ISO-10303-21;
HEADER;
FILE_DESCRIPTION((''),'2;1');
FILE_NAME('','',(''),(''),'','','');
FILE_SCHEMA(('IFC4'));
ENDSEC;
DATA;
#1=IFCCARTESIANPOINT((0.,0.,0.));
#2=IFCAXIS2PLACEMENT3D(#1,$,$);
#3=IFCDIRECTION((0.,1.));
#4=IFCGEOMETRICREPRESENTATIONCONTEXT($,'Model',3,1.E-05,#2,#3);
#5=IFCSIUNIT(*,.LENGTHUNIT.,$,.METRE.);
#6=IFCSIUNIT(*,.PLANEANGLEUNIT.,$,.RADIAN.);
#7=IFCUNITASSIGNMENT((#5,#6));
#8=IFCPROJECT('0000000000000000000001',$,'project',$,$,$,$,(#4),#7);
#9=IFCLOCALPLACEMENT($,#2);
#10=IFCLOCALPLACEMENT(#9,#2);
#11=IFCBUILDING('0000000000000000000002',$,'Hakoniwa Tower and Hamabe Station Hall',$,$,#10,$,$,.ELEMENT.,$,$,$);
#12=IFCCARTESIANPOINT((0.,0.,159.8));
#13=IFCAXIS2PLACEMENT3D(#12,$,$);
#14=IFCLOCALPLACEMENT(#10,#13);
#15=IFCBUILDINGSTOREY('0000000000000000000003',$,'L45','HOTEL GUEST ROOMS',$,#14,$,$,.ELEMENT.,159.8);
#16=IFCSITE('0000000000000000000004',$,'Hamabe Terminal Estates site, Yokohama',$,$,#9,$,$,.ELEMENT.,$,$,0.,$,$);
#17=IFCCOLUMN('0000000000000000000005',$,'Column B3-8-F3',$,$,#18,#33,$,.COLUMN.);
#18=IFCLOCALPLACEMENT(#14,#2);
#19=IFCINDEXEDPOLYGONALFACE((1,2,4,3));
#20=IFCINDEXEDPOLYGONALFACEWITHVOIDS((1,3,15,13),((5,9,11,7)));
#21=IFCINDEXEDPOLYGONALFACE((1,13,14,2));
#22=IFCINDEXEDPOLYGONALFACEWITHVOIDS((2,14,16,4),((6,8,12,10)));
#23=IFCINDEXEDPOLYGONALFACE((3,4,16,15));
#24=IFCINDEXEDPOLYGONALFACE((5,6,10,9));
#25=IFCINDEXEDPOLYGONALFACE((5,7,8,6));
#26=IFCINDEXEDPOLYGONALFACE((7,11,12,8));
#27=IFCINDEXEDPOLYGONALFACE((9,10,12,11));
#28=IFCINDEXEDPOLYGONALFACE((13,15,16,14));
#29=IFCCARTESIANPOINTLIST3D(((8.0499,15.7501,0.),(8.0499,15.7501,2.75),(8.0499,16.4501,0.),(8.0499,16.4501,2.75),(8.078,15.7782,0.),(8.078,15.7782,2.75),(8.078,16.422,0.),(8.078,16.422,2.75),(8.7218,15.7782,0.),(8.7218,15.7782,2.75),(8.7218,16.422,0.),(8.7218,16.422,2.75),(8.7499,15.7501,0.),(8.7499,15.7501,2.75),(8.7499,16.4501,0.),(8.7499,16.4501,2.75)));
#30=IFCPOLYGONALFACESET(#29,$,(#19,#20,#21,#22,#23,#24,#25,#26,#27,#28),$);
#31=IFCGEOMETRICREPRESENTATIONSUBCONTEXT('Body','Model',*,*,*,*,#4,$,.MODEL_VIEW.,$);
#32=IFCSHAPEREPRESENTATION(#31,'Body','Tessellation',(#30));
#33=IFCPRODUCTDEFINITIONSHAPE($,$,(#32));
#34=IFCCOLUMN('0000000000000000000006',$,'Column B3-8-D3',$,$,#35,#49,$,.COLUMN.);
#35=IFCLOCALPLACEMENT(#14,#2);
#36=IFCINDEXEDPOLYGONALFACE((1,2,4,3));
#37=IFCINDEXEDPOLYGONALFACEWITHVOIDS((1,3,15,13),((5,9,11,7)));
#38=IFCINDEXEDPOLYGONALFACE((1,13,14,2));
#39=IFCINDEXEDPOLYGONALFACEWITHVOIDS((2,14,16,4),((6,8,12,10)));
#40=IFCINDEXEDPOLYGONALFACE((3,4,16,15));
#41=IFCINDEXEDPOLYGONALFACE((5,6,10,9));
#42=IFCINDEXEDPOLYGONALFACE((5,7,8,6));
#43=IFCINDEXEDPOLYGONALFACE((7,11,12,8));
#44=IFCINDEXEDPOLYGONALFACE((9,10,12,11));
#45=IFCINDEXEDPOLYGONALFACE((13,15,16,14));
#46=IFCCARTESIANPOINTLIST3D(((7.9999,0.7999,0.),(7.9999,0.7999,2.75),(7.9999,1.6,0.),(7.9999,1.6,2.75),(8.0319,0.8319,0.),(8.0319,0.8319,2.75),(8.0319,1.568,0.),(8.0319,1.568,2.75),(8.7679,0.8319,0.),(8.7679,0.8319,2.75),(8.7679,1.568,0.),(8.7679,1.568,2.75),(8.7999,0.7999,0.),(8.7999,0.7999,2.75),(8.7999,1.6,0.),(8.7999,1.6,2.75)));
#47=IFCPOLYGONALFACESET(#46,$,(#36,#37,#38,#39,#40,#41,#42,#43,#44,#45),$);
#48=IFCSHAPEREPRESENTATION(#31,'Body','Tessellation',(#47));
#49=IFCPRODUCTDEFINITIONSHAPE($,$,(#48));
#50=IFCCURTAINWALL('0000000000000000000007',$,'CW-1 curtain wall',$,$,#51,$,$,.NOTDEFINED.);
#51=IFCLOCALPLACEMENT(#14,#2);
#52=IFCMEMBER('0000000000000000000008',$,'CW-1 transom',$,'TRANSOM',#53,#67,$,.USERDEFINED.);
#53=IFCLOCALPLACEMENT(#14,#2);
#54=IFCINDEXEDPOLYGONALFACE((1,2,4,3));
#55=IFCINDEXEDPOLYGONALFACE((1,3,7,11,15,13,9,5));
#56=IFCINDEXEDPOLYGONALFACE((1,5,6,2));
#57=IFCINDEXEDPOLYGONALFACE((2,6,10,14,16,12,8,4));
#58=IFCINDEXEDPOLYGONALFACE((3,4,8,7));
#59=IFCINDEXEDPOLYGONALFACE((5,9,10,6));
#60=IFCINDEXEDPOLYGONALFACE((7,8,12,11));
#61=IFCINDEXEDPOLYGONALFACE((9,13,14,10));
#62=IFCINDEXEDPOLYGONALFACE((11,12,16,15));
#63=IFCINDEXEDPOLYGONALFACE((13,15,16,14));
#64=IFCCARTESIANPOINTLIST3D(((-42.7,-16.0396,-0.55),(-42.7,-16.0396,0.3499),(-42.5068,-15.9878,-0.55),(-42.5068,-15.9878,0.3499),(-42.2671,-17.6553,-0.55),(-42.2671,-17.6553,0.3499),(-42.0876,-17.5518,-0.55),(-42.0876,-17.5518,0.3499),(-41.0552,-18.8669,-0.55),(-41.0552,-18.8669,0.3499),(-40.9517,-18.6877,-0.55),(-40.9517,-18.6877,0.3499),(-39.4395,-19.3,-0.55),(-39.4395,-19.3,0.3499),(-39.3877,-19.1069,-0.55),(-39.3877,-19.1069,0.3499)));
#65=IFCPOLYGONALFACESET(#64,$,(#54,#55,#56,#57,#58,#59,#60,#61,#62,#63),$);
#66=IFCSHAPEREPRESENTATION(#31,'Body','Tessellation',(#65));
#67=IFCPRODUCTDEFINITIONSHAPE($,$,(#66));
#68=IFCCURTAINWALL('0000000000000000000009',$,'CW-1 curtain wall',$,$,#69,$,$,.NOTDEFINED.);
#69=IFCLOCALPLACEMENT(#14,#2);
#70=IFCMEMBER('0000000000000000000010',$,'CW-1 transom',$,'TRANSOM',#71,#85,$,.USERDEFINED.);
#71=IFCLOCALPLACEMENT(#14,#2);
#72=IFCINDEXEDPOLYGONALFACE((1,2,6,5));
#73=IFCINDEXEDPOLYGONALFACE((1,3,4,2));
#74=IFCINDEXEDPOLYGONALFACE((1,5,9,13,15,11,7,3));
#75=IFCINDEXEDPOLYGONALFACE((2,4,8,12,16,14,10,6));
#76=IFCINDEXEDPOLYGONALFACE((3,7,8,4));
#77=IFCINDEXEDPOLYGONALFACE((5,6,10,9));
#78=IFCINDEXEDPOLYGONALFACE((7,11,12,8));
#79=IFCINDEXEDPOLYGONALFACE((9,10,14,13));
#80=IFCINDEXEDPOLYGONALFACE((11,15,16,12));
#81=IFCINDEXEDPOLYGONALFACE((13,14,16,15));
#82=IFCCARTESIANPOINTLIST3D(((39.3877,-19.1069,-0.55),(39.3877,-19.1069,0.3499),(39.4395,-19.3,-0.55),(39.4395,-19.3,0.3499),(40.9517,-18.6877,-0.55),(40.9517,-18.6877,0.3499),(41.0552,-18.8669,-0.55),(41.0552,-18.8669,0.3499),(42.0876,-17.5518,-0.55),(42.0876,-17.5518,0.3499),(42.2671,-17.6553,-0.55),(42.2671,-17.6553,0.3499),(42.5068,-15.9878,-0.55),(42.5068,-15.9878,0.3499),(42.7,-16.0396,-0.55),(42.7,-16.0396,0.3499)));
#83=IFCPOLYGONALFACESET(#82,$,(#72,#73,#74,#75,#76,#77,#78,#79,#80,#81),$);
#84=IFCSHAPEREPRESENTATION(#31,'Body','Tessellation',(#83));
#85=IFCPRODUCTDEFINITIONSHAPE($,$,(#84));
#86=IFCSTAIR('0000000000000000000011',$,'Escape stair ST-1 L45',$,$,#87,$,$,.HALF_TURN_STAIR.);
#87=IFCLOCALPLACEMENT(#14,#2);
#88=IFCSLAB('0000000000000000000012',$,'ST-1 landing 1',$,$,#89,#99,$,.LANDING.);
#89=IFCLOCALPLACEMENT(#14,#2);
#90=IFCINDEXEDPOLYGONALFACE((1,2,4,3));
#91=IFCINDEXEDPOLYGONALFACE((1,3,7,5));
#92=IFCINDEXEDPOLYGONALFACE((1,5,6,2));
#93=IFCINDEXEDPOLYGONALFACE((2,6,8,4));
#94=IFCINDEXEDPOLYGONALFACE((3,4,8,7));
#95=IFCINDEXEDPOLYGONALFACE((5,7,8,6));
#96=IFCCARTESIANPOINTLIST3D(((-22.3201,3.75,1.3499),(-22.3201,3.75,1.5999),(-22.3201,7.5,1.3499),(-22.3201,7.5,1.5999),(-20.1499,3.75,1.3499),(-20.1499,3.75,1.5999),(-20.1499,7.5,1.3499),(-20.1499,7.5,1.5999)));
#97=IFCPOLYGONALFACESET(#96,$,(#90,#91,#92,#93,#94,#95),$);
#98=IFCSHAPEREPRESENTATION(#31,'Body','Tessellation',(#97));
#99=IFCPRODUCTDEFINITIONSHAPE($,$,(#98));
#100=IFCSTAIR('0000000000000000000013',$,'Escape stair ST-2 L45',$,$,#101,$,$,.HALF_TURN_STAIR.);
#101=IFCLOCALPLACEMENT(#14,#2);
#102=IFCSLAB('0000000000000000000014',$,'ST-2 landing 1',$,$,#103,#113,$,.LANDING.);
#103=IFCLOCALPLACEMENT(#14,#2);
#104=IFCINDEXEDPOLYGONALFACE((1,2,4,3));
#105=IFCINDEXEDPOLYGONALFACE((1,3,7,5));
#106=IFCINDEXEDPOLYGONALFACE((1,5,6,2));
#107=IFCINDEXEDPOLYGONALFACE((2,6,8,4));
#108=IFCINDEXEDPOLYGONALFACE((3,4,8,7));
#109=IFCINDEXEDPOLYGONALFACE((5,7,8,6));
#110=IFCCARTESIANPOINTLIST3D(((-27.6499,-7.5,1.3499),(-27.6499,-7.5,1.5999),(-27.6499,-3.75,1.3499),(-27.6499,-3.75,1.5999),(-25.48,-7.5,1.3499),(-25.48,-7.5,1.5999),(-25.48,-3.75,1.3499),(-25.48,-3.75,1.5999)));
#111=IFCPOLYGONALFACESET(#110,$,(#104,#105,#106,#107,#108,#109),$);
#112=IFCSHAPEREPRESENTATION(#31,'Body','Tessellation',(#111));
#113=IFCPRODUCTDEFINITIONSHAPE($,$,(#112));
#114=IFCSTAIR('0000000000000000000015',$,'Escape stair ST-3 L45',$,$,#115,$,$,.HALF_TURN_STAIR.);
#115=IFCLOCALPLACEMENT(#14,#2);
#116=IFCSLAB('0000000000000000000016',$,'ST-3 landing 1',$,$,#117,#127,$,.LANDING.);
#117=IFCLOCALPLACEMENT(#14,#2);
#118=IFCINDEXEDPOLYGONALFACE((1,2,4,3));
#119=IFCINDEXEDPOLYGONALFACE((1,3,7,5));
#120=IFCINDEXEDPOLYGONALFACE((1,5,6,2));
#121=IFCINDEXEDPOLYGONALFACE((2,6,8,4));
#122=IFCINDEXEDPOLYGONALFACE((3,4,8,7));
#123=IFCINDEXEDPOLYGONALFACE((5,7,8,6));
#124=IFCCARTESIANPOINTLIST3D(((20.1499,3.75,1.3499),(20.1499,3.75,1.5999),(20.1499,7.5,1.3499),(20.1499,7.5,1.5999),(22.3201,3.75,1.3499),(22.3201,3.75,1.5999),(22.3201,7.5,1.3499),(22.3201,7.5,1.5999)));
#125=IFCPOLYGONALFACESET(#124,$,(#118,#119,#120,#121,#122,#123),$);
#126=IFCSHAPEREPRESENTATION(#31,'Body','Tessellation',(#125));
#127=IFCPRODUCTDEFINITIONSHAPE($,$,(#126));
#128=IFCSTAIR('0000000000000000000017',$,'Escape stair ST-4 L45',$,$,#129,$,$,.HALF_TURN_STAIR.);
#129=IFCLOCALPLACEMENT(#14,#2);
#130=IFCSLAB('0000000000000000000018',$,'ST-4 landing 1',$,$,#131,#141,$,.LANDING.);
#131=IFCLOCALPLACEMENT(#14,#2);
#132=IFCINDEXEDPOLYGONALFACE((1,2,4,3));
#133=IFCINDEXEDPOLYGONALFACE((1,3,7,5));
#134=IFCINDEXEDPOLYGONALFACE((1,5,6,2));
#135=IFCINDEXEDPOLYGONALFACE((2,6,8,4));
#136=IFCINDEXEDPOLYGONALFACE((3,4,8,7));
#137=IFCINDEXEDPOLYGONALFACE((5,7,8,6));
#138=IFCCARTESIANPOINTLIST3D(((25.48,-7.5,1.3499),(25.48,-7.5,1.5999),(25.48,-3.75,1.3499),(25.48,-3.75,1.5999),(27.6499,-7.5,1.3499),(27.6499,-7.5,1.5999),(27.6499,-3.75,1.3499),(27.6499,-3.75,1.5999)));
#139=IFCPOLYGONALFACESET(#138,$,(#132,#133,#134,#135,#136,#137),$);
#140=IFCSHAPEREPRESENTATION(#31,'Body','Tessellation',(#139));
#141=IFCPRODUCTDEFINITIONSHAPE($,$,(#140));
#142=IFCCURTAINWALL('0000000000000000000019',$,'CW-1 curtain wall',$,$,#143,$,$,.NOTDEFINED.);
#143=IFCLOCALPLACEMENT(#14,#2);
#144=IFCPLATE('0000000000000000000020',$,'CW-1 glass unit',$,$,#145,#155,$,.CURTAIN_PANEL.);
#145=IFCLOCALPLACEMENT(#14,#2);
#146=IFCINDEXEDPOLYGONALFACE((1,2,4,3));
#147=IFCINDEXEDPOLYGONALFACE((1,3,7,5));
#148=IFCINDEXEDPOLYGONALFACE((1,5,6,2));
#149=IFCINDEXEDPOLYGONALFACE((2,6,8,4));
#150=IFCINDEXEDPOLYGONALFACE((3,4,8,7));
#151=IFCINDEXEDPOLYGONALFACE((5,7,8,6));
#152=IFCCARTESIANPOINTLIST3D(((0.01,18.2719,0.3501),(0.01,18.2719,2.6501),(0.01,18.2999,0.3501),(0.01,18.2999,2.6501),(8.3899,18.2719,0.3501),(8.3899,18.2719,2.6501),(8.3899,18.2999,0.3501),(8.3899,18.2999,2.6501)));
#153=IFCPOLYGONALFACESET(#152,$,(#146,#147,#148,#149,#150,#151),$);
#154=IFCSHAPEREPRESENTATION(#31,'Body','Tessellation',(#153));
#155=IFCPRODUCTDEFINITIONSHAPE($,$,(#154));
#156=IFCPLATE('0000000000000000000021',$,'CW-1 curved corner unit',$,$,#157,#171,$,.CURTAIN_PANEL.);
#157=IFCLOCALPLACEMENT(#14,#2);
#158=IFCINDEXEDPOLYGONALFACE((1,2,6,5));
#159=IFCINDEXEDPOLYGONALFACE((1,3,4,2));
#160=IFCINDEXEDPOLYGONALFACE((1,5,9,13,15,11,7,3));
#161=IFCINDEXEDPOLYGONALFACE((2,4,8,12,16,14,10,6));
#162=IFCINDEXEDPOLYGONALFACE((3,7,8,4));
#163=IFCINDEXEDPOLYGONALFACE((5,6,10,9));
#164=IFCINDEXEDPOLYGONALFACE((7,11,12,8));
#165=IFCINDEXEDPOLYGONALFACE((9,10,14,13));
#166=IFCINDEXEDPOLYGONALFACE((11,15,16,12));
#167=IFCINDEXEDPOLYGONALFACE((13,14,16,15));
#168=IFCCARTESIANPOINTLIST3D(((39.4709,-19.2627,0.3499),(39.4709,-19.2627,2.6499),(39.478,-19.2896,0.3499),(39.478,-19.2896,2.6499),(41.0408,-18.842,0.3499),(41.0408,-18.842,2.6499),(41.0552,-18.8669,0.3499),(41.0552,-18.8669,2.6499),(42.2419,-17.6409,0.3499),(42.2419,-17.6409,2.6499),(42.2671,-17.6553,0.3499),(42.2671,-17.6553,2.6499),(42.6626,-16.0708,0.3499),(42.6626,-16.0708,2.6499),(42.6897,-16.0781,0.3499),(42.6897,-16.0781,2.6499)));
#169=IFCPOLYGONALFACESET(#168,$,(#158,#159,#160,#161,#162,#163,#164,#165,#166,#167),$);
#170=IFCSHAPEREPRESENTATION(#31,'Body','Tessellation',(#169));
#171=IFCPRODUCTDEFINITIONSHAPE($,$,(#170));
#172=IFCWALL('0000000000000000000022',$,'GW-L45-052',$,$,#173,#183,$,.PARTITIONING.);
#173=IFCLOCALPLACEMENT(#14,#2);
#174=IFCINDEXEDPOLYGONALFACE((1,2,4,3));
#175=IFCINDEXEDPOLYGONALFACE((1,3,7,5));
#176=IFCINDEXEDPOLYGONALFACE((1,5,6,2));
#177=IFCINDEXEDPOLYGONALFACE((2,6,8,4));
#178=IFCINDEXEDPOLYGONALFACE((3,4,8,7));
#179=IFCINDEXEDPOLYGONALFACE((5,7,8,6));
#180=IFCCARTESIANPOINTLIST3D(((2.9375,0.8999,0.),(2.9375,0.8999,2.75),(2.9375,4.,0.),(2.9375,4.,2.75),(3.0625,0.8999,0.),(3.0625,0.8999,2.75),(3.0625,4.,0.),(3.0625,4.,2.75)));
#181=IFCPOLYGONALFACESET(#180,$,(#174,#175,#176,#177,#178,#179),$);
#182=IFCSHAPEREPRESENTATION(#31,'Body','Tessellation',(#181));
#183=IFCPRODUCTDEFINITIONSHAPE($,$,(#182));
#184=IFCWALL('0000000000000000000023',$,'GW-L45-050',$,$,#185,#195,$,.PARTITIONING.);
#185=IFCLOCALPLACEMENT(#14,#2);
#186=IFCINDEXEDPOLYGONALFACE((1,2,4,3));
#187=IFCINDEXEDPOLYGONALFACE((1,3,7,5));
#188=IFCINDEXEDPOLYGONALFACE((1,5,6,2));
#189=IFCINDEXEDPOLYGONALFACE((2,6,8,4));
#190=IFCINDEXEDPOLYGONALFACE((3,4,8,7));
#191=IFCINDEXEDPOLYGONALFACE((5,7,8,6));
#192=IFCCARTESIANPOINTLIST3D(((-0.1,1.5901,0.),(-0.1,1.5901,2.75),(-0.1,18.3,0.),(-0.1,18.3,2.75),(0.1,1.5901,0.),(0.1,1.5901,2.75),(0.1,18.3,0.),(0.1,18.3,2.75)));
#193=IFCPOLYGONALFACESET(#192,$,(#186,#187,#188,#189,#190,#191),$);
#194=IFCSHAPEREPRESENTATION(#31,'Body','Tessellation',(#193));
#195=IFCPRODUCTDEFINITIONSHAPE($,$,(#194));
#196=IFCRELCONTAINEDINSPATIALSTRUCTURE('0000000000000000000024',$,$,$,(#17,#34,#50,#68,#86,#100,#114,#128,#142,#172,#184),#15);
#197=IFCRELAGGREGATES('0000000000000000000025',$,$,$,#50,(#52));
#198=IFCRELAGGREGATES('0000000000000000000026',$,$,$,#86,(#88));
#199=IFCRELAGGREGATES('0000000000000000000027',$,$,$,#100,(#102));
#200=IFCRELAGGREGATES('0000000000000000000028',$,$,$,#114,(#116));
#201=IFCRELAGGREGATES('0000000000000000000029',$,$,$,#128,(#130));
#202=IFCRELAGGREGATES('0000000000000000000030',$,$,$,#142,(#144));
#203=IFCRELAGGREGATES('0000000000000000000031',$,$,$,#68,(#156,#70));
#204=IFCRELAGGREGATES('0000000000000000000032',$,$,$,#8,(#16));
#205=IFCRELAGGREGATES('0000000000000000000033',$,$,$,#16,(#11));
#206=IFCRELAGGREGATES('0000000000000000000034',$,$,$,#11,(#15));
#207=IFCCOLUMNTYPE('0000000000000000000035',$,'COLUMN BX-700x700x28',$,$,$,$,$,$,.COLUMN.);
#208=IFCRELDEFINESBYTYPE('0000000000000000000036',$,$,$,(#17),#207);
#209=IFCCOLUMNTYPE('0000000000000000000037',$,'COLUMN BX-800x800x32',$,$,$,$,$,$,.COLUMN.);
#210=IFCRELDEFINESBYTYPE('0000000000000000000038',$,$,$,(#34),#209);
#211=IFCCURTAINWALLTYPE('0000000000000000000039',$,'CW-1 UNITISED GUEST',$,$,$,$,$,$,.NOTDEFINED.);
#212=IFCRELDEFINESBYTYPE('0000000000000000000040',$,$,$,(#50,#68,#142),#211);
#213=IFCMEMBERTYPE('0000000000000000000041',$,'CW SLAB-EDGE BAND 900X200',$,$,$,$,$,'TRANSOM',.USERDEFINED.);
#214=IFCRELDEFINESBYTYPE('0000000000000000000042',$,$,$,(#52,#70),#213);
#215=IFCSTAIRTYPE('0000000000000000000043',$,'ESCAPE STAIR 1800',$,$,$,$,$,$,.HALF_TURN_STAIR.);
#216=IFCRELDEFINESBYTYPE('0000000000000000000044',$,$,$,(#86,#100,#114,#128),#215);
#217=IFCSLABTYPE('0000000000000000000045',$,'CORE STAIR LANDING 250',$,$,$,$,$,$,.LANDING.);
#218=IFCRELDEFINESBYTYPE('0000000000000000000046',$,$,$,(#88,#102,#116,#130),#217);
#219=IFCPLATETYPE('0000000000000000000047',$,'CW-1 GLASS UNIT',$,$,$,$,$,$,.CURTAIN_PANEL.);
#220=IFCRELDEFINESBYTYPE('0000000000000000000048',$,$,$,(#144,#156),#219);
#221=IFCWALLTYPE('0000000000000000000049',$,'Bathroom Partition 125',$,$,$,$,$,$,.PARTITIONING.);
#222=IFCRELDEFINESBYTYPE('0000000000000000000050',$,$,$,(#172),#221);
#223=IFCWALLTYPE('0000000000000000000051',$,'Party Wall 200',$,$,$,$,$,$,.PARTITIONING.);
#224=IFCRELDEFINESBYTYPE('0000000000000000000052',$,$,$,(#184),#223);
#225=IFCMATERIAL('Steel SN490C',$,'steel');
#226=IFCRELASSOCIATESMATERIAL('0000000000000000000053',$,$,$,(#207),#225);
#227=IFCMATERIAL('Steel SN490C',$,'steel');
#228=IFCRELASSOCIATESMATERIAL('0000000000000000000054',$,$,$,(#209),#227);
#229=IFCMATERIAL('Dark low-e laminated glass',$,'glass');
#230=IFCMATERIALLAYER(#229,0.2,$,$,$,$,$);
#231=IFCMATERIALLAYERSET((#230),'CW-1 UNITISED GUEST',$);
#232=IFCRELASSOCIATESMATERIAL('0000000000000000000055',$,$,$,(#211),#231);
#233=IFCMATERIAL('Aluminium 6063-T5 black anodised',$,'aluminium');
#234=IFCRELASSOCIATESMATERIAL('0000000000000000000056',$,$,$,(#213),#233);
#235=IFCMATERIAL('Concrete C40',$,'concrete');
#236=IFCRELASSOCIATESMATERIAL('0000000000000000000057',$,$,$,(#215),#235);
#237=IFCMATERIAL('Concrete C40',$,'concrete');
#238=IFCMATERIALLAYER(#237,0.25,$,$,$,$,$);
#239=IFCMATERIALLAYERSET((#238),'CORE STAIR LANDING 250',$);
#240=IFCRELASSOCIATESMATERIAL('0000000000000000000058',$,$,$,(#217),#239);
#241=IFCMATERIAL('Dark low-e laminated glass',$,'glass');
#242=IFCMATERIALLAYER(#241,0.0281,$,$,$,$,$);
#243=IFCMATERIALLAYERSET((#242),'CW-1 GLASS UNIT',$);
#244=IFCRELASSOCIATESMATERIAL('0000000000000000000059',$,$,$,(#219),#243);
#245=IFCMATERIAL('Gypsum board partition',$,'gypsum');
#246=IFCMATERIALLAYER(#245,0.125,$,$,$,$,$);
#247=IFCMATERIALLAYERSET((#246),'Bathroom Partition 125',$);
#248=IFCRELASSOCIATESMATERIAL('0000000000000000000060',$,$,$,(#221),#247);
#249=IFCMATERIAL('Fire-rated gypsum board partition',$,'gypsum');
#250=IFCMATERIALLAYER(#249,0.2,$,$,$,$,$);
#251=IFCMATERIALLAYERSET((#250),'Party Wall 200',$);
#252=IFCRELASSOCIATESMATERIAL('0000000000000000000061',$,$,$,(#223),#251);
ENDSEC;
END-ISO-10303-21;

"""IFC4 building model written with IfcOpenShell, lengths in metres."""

from ifc_helpers import new_model, si_unit, direction, frame, frame_2d, origin, origin_2d, place, context, subcontext, project, spatial, polyline, rectangle, hollow_rectangle, outline, extrude, material, layer, layer_set, material_profile, profile_set, type_object, element, aggregate, save


model = new_model("IFC4")

# Units and contexts
model_context = context("Model", 3, precision=1e-05, world=origin(), true_north=direction((0.0, 1.0)))
body_context = subcontext(model_context, "Body", "Model", "MODEL_VIEW")
ifc_project = project(units=[si_unit("LENGTHUNIT", "METRE"), si_unit("PLANEANGLEUNIT", "RADIAN")], contexts=[model_context])

# Site, building, storey
site_placement = place(None, origin())
site = spatial("IfcSite", under=ifc_project, at=site_placement, Name="Hamabe Terminal Estates site, Yokohama", CompositionType="ELEMENT", RefElevation=0.0)
building_placement = place(site_placement, origin())
building = spatial("IfcBuilding", under=site, at=building_placement, Name="Hakoniwa Tower and Hamabe Station Hall", CompositionType="ELEMENT")
storey_placement = place(building_placement, frame((0.0, 0.0, 159.8)))
storey = spatial("IfcBuildingStorey", under=building, at=storey_placement, Name="L45", Description="HOTEL GUEST ROOMS", CompositionType="ELEMENT", Elevation=159.8)

# Columns
ifc_material_1 = material(Name="Steel SN490C", Category="steel")
ifc_material_profile_1 = material_profile(ifc_material_1, hollow_rectangle(XDim=0.7, YDim=0.7, WallThickness=0.0281, at=origin_2d()), Name="BX-700x700x28")
ifc_profile_set_1 = profile_set([ifc_material_profile_1], Name="Steel SN490C")
column_type_1 = type_object("IfcColumnType", Name="COLUMN BX-700x700x28", PredefinedType="COLUMN", material=ifc_profile_set_1)
column_1_placement = place(storey_placement, frame((8.3999, 16.1001, 0.0), z_axis=(0.0, 0.0, 1.0), x_axis=(1.0, 0.0, 0.0)))
element("IfcColumn", 1, at=column_1_placement, inside=storey, type_object=column_type_1, Name="Column B3-8-F3", PredefinedType="COLUMN", context=body_context, shape_type="SweptSolid", body=[
    extrude(hollow_rectangle(XDim=0.7, YDim=0.7, WallThickness=0.0281, at=origin_2d()), origin(), (0.0, 0.0, 1.0), 2.75),
])
ifc_material_2 = material(Name="Steel SN490C", Category="steel")
ifc_material_profile_2 = material_profile(ifc_material_2, hollow_rectangle(XDim=0.8, YDim=0.8, WallThickness=0.032, at=origin_2d()), Name="BX-800x800x32")
ifc_profile_set_2 = profile_set([ifc_material_profile_2], Name="Steel SN490C")
column_type_2 = type_object("IfcColumnType", Name="COLUMN BX-800x800x32", PredefinedType="COLUMN", material=ifc_profile_set_2)
column_2_placement = place(storey_placement, frame((8.3999, 1.2, 0.0), z_axis=(0.0, 0.0, 1.0), x_axis=(1.0, 0.0, 0.0)))
element("IfcColumn", 2, at=column_2_placement, inside=storey, type_object=column_type_2, Name="Column B3-8-D3", PredefinedType="COLUMN", context=body_context, shape_type="SweptSolid", body=[
    extrude(hollow_rectangle(XDim=0.8, YDim=0.8, WallThickness=0.032, at=origin_2d()), origin(), (0.0, 0.0, 1.0), 2.75),
])

# Curtain walls, members
ifc_material_3 = material(Name="Dark low-e laminated glass", Category="glass")
ifc_layer_1 = layer(ifc_material_3, 0.2)
ifc_layer_set_1 = layer_set([ifc_layer_1], Name="CW-1 UNITISED GUEST")
curtain_wall_type = type_object("IfcCurtainWallType", Name="CW-1 UNITISED GUEST", PredefinedType="NOTDEFINED", material=ifc_layer_set_1)
curtain_wall_1_placement = place(storey_placement, origin())
curtain_wall_1 = element("IfcCurtainWall", 3, at=curtain_wall_1_placement, inside=storey, type_object=curtain_wall_type, Name="CW-1 curtain wall", PredefinedType="NOTDEFINED")
ifc_material_4 = material(Name="Aluminium 6063-T5 black anodised", Category="aluminium")
ifc_material_profile_3 = material_profile(ifc_material_4, rectangle(XDim=0.2, YDim=0.8999, at=origin_2d()), Name="CW SLAB-EDGE BAND 900X200")
ifc_profile_set_3 = profile_set([ifc_material_profile_3], Name="Aluminium 6063-T5 black anodised")
member_type = type_object("IfcMemberType", Name="CW SLAB-EDGE BAND 900X200", ElementType="TRANSOM", PredefinedType="USERDEFINED", material=ifc_profile_set_3)
member_1_placement = place(storey_placement, frame((0.0, 0.0, -0.55)))
member_1 = element("IfcMember", 4, at=member_1_placement, type_object=member_type, Name="CW-1 transom", ObjectType="TRANSOM", PredefinedType="USERDEFINED", context=body_context, shape_type="SweptSolid", body=[
    extrude(outline(polyline([(-42.7, -16.0396), (-42.2671, -17.6553), (-41.0552, -18.8669), (-39.4395, -19.3), (-39.3877, -19.1069), (-40.9517, -18.6877), (-42.0876, -17.5518), (-42.5068, -15.9878), (-42.7, -16.0396)])), origin(), (0.0, 0.0, 1.0), 0.8999),
])
aggregate(curtain_wall_1, [member_1])
curtain_wall_2_placement = place(storey_placement, origin())
curtain_wall_2 = element("IfcCurtainWall", 5, at=curtain_wall_2_placement, inside=storey, type_object=curtain_wall_type, Name="CW-1 curtain wall", PredefinedType="NOTDEFINED")
member_2_placement = place(storey_placement, frame((0.0, 0.0, -0.55)))
member_2 = element("IfcMember", 6, at=member_2_placement, type_object=member_type, Name="CW-1 transom", ObjectType="TRANSOM", PredefinedType="USERDEFINED", context=body_context, shape_type="SweptSolid", body=[
    extrude(outline(polyline([(39.4395, -19.3), (41.0552, -18.8669), (42.2671, -17.6553), (42.7, -16.0396), (42.5068, -15.9878), (42.0876, -17.5518), (40.9517, -18.6877), (39.3877, -19.1069), (39.4395, -19.3)])), origin(), (0.0, 0.0, 1.0), 0.8999),
])

# Stairs, slabs
ifc_material_5 = material(Name="Concrete C40", Category="concrete")
stair_type = type_object("IfcStairType", Name="ESCAPE STAIR 1800", PredefinedType="HALF_TURN_STAIR", material=ifc_material_5)
stair_1_placement = place(storey_placement, origin())
stair_1 = element("IfcStair", 7, at=stair_1_placement, inside=storey, type_object=stair_type, Name="Escape stair ST-1 L45", PredefinedType="HALF_TURN_STAIR")
ifc_material_6 = material(Name="Concrete C40", Category="concrete")
ifc_layer_2 = layer(ifc_material_6, 0.25)
ifc_layer_set_2 = layer_set([ifc_layer_2], Name="CORE STAIR LANDING 250")
slab_type = type_object("IfcSlabType", Name="CORE STAIR LANDING 250", PredefinedType="LANDING", material=ifc_layer_set_2)
slab_1_placement = place(storey_placement, frame((0.0, 0.0, 1.3499)))
slab_1 = element("IfcSlab", 8, at=slab_1_placement, type_object=slab_type, Name="ST-1 landing 1", PredefinedType="LANDING", context=body_context, shape_type="SweptSolid", body=[
    extrude(outline(polyline([(-22.3201, 3.75), (-20.1499, 3.75), (-20.1499, 7.5), (-22.3201, 7.5), (-22.3201, 3.75)])), origin(), (0.0, 0.0, 1.0), 0.25),
])
aggregate(stair_1, [slab_1])
stair_2_placement = place(storey_placement, origin())
stair_2 = element("IfcStair", 9, at=stair_2_placement, inside=storey, type_object=stair_type, Name="Escape stair ST-2 L45", PredefinedType="HALF_TURN_STAIR")
slab_2_placement = place(storey_placement, frame((0.0, 0.0, 1.3499)))
slab_2 = element("IfcSlab", 10, at=slab_2_placement, type_object=slab_type, Name="ST-2 landing 1", PredefinedType="LANDING", context=body_context, shape_type="SweptSolid", body=[
    extrude(outline(polyline([(-25.48, -7.5), (-27.6499, -7.5), (-27.6499, -3.75), (-25.48, -3.75), (-25.48, -7.5)])), origin(), (0.0, 0.0, 1.0), 0.25),
])
aggregate(stair_2, [slab_2])
stair_3_placement = place(storey_placement, origin())
stair_3 = element("IfcStair", 11, at=stair_3_placement, inside=storey, type_object=stair_type, Name="Escape stair ST-3 L45", PredefinedType="HALF_TURN_STAIR")
slab_3_placement = place(storey_placement, frame((0.0, 0.0, 1.3499)))
slab_3 = element("IfcSlab", 12, at=slab_3_placement, type_object=slab_type, Name="ST-3 landing 1", PredefinedType="LANDING", context=body_context, shape_type="SweptSolid", body=[
    extrude(outline(polyline([(22.3201, 3.75), (20.1499, 3.75), (20.1499, 7.5), (22.3201, 7.5), (22.3201, 3.75)])), origin(), (0.0, 0.0, 1.0), 0.25),
])
aggregate(stair_3, [slab_3])
stair_4_placement = place(storey_placement, origin())
stair_4 = element("IfcStair", 13, at=stair_4_placement, inside=storey, type_object=stair_type, Name="Escape stair ST-4 L45", PredefinedType="HALF_TURN_STAIR")
slab_4_placement = place(storey_placement, frame((0.0, 0.0, 1.3499)))
slab_4 = element("IfcSlab", 14, at=slab_4_placement, type_object=slab_type, Name="ST-4 landing 1", PredefinedType="LANDING", context=body_context, shape_type="SweptSolid", body=[
    extrude(outline(polyline([(25.48, -7.5), (27.6499, -7.5), (27.6499, -3.75), (25.48, -3.75), (25.48, -7.5)])), origin(), (0.0, 0.0, 1.0), 0.25),
])
aggregate(stair_4, [slab_4])

# Curtain wall, plate
curtain_wall_3_placement = place(storey_placement, origin())
curtain_wall_3 = element("IfcCurtainWall", 15, at=curtain_wall_3_placement, inside=storey, type_object=curtain_wall_type, Name="CW-1 curtain wall", PredefinedType="NOTDEFINED")
ifc_material_7 = material(Name="Dark low-e laminated glass", Category="glass")
ifc_layer_3 = layer(ifc_material_7, 0.0281)
ifc_layer_set_3 = layer_set([ifc_layer_3], Name="CW-1 GLASS UNIT")
plate_type = type_object("IfcPlateType", Name="CW-1 GLASS UNIT", PredefinedType="CURTAIN_PANEL", material=ifc_layer_set_3)
plate_1_placement = place(storey_placement, frame((4.2, 18.2859, 0.3501), z_axis=(0.0, 0.0, 1.0), x_axis=(-1.0, 0.0, 0.0)))
plate_1 = element("IfcPlate", 16, at=plate_1_placement, type_object=plate_type, Name="CW-1 glass unit", PredefinedType="CURTAIN_PANEL", context=body_context, shape_type="SweptSolid", body=[
    extrude(rectangle(XDim=8.3799, YDim=0.0281, at=origin_2d()), origin(), (0.0, 0.0, 1.0), 2.3),
])
aggregate(curtain_wall_3, [plate_1])

# Plate
plate_2_placement = place(storey_placement, frame((0.0, 0.0, 0.3499)))
plate_2 = element("IfcPlate", 17, at=plate_2_placement, type_object=plate_type, Name="CW-1 curved corner unit", PredefinedType="CURTAIN_PANEL", context=body_context, shape_type="SweptSolid", body=[
    extrude(outline(polyline([(39.478, -19.2896), (41.0552, -18.8669), (42.2671, -17.6553), (42.6897, -16.0781), (42.6626, -16.0708), (42.2419, -17.6409), (41.0408, -18.842), (39.4709, -19.2627), (39.478, -19.2896)])), origin(), (0.0, 0.0, 1.0), 2.3),
])
aggregate(curtain_wall_2, [plate_2, member_2])

# Walls
ifc_material_8 = material(Name="Gypsum board partition", Category="gypsum")
ifc_layer_4 = layer(ifc_material_8, 0.125)
ifc_layer_set_4 = layer_set([ifc_layer_4], Name="Bathroom Partition 125")
wall_type_1 = type_object("IfcWallType", Name="Bathroom Partition 125", PredefinedType="PARTITIONING", material=ifc_layer_set_4)
wall_1_placement = place(storey_placement, frame((3.0, 0.8999, 0.0), z_axis=(0.0, 0.0, 1.0), x_axis=(0.0, 1.0, 0.0)))
element("IfcWall", 18, at=wall_1_placement, inside=storey, type_object=wall_type_1, Name="GW-L45-052", PredefinedType="PARTITIONING", context=body_context, shape_type="SweptSolid", body=[
    extrude(rectangle(XDim=3.1001, YDim=0.125, at=frame_2d((1.55, 0.0))), origin(), (0.0, 0.0, 1.0), 2.75),
])
ifc_material_9 = material(Name="Fire-rated gypsum board partition", Category="gypsum")
ifc_layer_5 = layer(ifc_material_9, 0.2)
ifc_layer_set_5 = layer_set([ifc_layer_5], Name="Party Wall 200")
wall_type_2 = type_object("IfcWallType", Name="Party Wall 200", PredefinedType="PARTITIONING", material=ifc_layer_set_5)
for number, where, z_axis, x_axis, name in (
    (19, (0.0, 1.5901, 0.0), (0.0, 0.0, 1.0), (0.0, 1.0, 0.0), "GW-L45-050"),
):
    element("IfcWall", number, at=place(storey_placement, frame(where, z_axis=z_axis, x_axis=x_axis)), inside=storey, type_object=wall_type_2, Name=name, PredefinedType="PARTITIONING", context=body_context, shape_type="SweptSolid", body=[
        extrude(rectangle(XDim=16.71, YDim=0.2, at=frame_2d((8.355, 0.0))), origin(), (0.0, 0.0, 1.0), 2.75),
    ])

save(model, "model.ifc")
